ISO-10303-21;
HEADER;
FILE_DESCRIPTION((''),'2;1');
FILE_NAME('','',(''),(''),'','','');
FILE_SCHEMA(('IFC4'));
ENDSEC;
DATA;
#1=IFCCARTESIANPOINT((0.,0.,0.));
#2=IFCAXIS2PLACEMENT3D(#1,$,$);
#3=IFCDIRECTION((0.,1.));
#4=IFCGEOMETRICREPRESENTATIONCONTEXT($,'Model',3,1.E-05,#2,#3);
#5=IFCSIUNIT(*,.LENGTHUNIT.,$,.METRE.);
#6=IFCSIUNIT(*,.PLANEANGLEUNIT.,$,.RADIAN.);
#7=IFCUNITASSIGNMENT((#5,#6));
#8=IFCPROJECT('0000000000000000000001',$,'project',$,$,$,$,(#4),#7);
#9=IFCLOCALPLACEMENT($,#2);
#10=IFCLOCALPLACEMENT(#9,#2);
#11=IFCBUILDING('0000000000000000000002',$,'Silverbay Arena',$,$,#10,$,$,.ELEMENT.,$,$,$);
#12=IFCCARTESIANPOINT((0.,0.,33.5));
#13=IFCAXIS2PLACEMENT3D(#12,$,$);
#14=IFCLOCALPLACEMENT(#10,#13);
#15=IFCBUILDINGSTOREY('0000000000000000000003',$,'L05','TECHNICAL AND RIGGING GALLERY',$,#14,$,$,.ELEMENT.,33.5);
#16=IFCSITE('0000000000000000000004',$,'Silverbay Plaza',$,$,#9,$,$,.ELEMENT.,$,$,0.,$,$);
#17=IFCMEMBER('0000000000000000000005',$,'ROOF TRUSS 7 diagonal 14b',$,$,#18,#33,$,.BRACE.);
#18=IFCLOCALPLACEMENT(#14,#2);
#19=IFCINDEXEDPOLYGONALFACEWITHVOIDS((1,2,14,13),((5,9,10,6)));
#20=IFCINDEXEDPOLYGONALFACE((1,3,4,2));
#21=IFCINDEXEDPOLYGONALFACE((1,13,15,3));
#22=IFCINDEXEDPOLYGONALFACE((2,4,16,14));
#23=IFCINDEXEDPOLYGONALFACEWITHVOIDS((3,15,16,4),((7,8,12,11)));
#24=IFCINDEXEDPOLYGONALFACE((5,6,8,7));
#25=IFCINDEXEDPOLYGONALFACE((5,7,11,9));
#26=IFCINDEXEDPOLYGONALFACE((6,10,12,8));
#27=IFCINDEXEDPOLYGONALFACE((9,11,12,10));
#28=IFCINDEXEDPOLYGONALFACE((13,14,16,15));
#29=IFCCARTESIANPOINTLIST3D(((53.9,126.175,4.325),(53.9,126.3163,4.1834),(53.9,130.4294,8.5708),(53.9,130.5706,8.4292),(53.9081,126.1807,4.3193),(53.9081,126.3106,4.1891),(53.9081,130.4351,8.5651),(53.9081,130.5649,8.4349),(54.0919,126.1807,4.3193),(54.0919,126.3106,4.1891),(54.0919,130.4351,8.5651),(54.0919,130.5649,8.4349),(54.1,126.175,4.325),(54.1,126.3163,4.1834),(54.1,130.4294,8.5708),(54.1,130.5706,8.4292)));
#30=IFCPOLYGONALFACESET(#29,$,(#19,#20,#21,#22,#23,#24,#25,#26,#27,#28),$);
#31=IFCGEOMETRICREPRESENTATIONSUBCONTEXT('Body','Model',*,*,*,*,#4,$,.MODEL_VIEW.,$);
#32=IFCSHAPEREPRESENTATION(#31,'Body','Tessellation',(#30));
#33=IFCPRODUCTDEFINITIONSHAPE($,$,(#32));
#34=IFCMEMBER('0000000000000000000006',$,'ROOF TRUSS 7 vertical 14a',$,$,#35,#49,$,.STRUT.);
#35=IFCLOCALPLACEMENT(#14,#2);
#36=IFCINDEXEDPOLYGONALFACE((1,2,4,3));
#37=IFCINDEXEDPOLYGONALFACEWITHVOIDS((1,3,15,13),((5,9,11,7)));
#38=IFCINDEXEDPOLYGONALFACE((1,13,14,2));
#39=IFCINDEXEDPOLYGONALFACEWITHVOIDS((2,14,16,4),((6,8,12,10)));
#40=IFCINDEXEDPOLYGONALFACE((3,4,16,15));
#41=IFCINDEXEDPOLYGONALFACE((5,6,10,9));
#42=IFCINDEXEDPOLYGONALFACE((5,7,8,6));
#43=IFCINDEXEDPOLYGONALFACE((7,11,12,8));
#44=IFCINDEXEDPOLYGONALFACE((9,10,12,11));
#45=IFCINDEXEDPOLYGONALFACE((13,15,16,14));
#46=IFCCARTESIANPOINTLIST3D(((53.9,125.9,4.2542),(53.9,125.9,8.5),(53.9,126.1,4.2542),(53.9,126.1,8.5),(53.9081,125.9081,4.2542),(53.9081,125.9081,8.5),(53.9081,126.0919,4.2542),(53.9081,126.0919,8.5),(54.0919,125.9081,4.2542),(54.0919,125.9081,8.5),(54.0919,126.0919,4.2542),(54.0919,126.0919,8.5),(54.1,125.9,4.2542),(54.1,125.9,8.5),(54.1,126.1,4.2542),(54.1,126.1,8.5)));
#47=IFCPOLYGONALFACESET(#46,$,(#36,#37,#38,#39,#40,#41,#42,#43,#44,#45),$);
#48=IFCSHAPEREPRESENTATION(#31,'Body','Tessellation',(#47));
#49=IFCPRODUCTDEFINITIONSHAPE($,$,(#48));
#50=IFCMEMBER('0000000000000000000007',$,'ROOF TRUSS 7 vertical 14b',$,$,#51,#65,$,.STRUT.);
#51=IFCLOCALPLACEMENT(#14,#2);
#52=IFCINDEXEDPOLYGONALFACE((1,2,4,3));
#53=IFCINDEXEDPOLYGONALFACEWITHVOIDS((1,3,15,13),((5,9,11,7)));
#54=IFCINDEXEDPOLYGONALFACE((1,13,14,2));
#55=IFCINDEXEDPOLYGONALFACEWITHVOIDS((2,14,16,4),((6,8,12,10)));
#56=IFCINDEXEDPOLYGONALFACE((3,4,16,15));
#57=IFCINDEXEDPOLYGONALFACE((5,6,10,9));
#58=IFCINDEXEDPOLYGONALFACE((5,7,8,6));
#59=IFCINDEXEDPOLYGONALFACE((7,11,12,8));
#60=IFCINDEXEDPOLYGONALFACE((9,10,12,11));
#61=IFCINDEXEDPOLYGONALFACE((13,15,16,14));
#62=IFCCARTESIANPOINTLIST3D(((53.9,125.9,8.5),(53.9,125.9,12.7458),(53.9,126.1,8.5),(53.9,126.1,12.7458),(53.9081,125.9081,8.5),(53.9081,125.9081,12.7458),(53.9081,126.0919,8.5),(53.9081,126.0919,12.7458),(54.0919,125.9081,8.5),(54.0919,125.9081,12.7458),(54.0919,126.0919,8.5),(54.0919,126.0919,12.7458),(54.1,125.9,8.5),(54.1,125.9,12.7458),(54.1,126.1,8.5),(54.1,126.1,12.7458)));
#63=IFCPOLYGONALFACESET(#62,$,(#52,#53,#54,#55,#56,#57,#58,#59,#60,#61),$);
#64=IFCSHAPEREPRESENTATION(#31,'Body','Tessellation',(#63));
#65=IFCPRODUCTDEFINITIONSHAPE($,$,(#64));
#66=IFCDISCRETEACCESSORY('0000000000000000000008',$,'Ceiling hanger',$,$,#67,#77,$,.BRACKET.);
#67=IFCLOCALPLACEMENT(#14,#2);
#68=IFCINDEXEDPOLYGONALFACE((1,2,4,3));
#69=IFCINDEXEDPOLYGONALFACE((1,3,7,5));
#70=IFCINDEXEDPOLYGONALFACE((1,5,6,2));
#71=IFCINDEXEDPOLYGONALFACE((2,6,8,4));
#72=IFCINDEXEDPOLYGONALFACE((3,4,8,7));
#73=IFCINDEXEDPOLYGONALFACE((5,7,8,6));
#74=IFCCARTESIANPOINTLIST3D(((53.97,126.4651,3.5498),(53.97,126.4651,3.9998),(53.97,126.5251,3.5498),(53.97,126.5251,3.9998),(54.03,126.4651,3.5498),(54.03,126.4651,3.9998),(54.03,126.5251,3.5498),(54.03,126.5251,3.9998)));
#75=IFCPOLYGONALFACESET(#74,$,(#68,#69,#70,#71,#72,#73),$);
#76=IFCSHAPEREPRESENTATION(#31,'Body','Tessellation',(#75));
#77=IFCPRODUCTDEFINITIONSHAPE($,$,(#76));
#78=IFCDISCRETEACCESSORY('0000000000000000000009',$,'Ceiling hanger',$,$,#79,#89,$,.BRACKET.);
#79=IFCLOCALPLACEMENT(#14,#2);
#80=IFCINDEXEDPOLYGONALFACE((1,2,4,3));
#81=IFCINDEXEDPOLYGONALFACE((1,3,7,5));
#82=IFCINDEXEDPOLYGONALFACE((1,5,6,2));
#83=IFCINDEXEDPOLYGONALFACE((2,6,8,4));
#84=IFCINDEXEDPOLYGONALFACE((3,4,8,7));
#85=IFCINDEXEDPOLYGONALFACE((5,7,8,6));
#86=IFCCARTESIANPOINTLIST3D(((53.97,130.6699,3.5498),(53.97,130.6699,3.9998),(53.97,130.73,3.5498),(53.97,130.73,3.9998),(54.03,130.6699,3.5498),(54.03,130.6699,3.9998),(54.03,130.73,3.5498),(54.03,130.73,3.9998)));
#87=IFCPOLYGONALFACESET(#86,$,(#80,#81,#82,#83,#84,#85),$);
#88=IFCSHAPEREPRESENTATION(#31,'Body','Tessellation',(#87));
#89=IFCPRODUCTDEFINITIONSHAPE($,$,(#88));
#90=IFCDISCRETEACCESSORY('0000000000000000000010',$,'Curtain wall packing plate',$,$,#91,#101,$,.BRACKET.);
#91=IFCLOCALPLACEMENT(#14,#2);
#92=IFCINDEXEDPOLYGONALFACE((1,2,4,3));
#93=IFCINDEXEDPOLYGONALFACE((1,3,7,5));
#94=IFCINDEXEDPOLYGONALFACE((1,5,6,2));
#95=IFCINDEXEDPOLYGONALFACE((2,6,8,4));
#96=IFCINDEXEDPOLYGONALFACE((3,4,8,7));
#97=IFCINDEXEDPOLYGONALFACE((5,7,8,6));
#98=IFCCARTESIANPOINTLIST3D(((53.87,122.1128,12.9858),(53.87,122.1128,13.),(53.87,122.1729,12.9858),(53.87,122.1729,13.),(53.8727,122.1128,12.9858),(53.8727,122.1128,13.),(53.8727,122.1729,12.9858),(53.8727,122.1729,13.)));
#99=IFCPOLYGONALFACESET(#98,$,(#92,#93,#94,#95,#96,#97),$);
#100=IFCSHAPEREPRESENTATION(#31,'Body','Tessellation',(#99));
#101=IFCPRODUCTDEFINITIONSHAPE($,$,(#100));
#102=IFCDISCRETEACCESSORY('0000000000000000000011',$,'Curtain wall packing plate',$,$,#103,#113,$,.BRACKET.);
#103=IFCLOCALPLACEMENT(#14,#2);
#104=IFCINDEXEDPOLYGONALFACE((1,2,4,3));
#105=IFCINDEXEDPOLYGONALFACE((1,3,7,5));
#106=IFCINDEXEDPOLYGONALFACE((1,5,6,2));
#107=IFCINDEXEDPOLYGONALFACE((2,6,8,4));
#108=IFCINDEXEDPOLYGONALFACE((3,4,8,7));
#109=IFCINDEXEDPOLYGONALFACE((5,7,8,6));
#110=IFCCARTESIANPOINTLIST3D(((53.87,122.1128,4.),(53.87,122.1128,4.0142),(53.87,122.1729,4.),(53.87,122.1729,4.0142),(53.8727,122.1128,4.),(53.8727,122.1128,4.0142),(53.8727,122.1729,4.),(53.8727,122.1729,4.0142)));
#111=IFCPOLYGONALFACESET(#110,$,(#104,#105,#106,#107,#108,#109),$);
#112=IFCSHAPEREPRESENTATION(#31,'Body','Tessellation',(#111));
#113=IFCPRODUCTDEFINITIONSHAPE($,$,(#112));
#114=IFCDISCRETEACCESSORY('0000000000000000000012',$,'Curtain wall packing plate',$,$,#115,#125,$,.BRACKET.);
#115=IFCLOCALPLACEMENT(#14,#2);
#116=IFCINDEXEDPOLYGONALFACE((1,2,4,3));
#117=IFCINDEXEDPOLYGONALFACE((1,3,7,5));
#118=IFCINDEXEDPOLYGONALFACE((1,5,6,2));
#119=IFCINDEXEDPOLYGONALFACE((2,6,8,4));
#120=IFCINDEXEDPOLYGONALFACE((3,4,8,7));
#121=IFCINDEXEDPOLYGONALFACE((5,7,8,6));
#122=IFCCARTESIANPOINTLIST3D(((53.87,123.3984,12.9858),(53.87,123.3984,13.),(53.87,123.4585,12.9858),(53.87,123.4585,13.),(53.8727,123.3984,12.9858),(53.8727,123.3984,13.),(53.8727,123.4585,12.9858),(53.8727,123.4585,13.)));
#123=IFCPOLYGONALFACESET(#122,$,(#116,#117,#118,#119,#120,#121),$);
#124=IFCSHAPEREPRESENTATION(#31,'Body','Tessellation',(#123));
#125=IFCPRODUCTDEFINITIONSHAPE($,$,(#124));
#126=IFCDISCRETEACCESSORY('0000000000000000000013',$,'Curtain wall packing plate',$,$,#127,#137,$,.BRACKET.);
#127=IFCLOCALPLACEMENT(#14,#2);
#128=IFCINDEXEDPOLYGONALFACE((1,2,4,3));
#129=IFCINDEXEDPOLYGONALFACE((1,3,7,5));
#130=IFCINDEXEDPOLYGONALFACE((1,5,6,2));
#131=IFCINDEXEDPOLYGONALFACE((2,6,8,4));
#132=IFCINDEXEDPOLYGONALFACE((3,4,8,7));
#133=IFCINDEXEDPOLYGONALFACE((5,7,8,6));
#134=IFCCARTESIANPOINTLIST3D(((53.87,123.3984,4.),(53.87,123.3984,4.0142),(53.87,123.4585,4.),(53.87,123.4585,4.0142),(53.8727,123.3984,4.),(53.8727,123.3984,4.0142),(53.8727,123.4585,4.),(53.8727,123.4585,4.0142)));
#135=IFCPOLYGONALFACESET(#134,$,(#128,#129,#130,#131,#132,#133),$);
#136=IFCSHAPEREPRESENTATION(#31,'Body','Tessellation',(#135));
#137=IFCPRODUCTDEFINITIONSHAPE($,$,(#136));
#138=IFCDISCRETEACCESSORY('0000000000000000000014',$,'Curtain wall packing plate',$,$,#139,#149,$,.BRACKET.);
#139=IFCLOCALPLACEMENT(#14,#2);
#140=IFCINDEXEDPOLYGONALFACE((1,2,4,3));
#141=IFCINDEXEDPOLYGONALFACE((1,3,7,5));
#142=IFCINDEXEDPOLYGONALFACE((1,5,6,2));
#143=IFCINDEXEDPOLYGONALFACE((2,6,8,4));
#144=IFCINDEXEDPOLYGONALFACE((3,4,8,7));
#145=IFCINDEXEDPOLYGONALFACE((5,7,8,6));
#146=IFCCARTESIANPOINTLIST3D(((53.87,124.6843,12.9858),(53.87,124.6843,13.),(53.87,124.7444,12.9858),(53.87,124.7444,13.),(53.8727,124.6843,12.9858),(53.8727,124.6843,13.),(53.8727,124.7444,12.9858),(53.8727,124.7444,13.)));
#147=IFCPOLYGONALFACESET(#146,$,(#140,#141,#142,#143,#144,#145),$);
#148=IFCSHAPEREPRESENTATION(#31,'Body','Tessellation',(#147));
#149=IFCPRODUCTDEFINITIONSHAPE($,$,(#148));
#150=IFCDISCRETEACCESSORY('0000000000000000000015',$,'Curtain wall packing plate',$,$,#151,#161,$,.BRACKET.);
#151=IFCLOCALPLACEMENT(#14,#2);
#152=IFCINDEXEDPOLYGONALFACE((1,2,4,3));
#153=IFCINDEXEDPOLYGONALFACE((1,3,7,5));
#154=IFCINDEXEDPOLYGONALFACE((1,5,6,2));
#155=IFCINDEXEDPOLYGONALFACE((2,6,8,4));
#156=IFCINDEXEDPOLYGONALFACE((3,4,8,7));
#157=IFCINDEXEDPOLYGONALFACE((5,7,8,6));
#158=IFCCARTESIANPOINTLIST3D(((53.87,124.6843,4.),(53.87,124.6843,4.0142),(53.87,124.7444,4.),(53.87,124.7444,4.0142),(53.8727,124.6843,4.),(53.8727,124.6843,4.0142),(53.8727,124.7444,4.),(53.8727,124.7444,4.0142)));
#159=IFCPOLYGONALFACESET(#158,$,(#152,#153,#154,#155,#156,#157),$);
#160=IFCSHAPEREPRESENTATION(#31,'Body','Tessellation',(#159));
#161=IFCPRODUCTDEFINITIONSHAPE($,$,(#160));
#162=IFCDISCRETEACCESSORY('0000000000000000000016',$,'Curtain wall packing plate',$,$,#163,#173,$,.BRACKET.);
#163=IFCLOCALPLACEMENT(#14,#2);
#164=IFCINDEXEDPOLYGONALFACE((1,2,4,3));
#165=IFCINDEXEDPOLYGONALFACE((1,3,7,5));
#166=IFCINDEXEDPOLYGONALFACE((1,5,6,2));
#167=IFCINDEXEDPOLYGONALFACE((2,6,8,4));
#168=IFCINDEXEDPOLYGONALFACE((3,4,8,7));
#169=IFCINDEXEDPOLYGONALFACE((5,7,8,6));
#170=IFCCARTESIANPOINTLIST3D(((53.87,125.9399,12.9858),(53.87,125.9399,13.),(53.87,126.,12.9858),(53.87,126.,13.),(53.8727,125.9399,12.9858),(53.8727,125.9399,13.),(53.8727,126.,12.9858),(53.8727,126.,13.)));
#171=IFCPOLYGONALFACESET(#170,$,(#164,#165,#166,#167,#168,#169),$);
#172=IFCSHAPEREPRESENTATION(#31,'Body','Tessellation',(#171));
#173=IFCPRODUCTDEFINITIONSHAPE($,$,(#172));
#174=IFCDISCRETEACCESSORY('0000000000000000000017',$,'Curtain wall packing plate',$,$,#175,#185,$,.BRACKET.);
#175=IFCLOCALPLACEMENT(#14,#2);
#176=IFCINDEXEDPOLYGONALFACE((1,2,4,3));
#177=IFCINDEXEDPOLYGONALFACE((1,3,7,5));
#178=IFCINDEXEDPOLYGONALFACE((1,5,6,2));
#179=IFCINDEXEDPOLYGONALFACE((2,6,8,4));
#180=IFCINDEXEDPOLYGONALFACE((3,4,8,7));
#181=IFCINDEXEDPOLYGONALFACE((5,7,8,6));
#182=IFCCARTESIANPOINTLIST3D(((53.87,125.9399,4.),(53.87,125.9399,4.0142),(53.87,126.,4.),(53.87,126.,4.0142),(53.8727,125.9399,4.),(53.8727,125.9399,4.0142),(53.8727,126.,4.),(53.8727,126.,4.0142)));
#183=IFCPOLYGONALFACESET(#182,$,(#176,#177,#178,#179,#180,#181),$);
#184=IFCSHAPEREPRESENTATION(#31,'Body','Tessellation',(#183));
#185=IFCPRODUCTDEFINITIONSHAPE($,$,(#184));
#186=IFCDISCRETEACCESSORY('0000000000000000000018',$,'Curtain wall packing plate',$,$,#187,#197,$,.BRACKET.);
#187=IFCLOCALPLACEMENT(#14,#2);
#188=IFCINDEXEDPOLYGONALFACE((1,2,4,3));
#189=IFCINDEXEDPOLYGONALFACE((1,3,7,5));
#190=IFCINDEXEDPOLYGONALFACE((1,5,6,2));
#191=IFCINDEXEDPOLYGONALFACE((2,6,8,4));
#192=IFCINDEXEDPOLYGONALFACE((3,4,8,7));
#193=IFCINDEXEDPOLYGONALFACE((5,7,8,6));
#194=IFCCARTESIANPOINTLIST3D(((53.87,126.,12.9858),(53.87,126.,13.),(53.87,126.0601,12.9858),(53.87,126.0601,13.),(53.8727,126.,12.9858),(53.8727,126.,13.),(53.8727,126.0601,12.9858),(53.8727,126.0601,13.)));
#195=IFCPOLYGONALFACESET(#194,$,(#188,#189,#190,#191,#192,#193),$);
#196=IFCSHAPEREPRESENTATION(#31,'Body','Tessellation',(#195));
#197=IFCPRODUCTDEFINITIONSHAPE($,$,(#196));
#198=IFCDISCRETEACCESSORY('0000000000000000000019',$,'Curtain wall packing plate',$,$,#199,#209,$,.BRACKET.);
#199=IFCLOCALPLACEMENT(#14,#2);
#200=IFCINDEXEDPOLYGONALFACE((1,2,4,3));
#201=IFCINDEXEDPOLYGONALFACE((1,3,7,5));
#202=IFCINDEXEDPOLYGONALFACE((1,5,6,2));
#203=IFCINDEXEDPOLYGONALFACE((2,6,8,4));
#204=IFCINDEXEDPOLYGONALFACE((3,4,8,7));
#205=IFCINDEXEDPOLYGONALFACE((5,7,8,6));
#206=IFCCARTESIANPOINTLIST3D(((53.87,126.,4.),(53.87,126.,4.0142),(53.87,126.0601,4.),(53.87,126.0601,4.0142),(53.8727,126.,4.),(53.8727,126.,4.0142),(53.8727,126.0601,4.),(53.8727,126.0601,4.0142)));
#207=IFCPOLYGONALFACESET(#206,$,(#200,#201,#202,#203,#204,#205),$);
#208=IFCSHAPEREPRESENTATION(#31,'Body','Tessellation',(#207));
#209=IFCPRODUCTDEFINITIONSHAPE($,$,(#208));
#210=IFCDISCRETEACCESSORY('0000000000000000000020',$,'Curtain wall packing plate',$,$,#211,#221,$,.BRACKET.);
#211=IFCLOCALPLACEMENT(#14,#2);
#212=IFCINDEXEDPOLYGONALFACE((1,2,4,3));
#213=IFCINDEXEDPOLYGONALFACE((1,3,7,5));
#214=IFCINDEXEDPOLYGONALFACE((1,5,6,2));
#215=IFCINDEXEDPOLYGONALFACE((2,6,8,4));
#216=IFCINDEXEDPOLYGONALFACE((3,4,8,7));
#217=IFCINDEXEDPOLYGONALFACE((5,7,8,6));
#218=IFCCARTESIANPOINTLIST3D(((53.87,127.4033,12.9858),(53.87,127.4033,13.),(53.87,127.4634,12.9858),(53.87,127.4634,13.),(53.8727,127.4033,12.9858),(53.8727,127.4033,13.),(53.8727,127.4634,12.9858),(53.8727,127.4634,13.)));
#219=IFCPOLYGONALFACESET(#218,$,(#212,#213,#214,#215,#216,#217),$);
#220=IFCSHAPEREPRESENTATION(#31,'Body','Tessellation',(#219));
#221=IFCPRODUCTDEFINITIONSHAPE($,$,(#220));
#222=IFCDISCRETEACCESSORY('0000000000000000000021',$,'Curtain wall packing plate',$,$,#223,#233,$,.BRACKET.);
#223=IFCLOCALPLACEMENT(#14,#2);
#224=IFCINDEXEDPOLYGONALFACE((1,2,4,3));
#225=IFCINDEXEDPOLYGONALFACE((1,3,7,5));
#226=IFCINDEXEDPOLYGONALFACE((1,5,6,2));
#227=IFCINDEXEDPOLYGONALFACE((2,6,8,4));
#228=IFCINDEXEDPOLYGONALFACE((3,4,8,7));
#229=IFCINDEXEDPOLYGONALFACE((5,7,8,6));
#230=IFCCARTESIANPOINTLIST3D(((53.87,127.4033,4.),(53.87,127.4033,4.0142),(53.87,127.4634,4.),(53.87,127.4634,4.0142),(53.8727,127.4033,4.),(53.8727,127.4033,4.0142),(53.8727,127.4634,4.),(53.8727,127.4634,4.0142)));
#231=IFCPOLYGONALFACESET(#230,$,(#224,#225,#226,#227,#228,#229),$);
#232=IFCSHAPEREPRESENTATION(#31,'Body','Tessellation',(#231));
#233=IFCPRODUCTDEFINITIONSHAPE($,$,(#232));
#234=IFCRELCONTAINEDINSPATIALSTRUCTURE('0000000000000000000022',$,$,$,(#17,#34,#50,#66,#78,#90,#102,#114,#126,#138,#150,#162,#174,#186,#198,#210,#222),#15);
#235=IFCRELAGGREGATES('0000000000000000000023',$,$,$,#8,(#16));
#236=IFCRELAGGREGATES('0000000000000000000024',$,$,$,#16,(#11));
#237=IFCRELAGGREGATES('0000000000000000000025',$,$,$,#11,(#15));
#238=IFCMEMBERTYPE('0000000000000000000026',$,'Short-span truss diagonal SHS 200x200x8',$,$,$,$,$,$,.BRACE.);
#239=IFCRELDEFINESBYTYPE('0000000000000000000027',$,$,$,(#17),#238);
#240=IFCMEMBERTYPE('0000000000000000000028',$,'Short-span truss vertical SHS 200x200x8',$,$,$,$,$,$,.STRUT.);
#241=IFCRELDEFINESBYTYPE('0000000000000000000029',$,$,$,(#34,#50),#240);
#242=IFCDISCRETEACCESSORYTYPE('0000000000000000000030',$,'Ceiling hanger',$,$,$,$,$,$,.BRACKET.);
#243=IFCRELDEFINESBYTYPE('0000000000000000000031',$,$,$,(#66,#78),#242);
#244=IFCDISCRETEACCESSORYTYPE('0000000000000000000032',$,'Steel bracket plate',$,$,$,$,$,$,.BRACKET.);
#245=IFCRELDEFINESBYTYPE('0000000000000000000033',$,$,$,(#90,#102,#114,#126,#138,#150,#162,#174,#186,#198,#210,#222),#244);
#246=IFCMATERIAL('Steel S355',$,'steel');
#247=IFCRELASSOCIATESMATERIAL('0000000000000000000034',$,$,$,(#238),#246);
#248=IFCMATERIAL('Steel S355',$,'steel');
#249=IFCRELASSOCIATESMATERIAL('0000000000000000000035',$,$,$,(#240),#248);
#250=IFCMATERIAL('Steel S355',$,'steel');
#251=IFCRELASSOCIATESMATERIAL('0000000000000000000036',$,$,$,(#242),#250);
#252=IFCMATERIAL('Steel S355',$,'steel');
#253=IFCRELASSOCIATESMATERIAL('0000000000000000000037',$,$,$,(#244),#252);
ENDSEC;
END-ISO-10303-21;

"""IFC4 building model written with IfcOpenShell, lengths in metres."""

from ifc_helpers import new_model, si_unit, direction, frame, origin, origin_2d, place, context, subcontext, project, spatial, rectangle, hollow_rectangle, extrude, material, material_profile, profile_set, type_object, element, save


model = new_model("IFC4")

# Units and contexts
model_context = context("Model", 3, precision=1e-05, world=origin(), true_north=direction((0.0, 1.0)))
body_context = subcontext(model_context, "Body", "Model", "MODEL_VIEW")
ifc_project = project(units=[si_unit("LENGTHUNIT", "METRE"), si_unit("PLANEANGLEUNIT", "RADIAN")], contexts=[model_context])

# Site, building, storey
site_placement = place(None, origin())
site = spatial("IfcSite", under=ifc_project, at=site_placement, Name="Silverbay Plaza", CompositionType="ELEMENT", RefElevation=0.0)
building_placement = place(site_placement, origin())
building = spatial("IfcBuilding", under=site, at=building_placement, Name="Silverbay Arena", CompositionType="ELEMENT")
storey_placement = place(building_placement, frame((0.0, 0.0, 33.5)))
storey = spatial("IfcBuildingStorey", under=building, at=storey_placement, Name="L05", Description="TECHNICAL AND RIGGING GALLERY", CompositionType="ELEMENT", Elevation=33.5)

# Members
ifc_material_1 = material(Name="Steel S355", Category="steel")
ifc_material_profile_1 = material_profile(ifc_material_1, hollow_rectangle(XDim=0.2, YDim=0.2, WallThickness=0.0081, at=origin_2d()), Name="SHS 200x200x8")
ifc_profile_set_1 = profile_set([ifc_material_profile_1], Name="Steel S355")
member_type_1 = type_object("IfcMemberType", Name="Short-span truss diagonal SHS 200x200x8", PredefinedType="BRACE", material=ifc_profile_set_1)
for number, where, z_axis, x_axis, name in (
    (1, (54.0, 130.5, 8.5), (0.0, -0.707817, -0.706396), (1.0, 0.0, 0.0), "ROOF TRUSS 7 diagonal 14b"),
):
    element("IfcMember", number, at=place(storey_placement, frame(where, z_axis=z_axis, x_axis=x_axis)), inside=storey, type_object=member_type_1, Name=name, PredefinedType="BRACE", context=body_context, shape_type="SweptSolid", body=[
        extrude(hollow_rectangle(XDim=0.2, YDim=0.2, WallThickness=0.0081, at=origin_2d()), origin(), (0.0, 0.0, 1.0), 6.0105),
    ])
ifc_material_2 = material(Name="Steel S355", Category="steel")
ifc_material_profile_2 = material_profile(ifc_material_2, hollow_rectangle(XDim=0.2, YDim=0.2, WallThickness=0.0081, at=origin_2d()), Name="SHS 200x200x8")
ifc_profile_set_2 = profile_set([ifc_material_profile_2], Name="Steel S355")
member_type_2 = type_object("IfcMemberType", Name="Short-span truss vertical SHS 200x200x8", PredefinedType="STRUT", material=ifc_profile_set_2)
for number, where, z_axis, x_axis, name in (
    (2, (54.0, 126.0, 4.2542), (0.0, 0.0, 1.0), (1.0, 0.0, 0.0), "ROOF TRUSS 7 vertical 14a"),
    (3, (54.0, 126.0, 8.5), (0.0, 0.0, 1.0), (1.0, 0.0, 0.0), "ROOF TRUSS 7 vertical 14b"),
):
    element("IfcMember", number, at=place(storey_placement, frame(where, z_axis=z_axis, x_axis=x_axis)), inside=storey, type_object=member_type_2, Name=name, PredefinedType="STRUT", context=body_context, shape_type="SweptSolid", body=[
        extrude(hollow_rectangle(XDim=0.2, YDim=0.2, WallThickness=0.0081, at=origin_2d()), origin(), (0.0, 0.0, 1.0), 4.2458),
    ])

# Discrete accessories
ifc_material_3 = material(Name="Steel S355", Category="steel")
discrete_accessory_type_1 = type_object("IfcDiscreteAccessoryType", Name="Ceiling hanger", PredefinedType="BRACKET", material=ifc_material_3)
for number, where, z_axis, x_axis, name in (
    (4, (54.0, 126.4951, 3.5498), (0.0, 0.0, 1.0), (1.0, 0.0, 0.0), "Ceiling hanger"),
    (5, (54.0, 130.7, 3.5498), (0.0, 0.0, 1.0), (1.0, 0.0, 0.0), "Ceiling hanger"),
):
    element("IfcDiscreteAccessory", number, at=place(storey_placement, frame(where, z_axis=z_axis, x_axis=x_axis)), inside=storey, type_object=discrete_accessory_type_1, Name=name, PredefinedType="BRACKET", context=body_context, shape_type="SweptSolid", body=[
        extrude(rectangle(XDim=0.0601, YDim=0.0601, at=origin_2d()), origin(), (0.0, 0.0, 1.0), 0.45),
    ])
ifc_material_4 = material(Name="Steel S355", Category="steel")
discrete_accessory_type_2 = type_object("IfcDiscreteAccessoryType", Name="Steel bracket plate", PredefinedType="BRACKET", material=ifc_material_4)
for number, where, z_axis, x_axis, name in (
    (6, (53.8713, 122.1428, 12.9858), (0.0, 0.0, 1.0), (1.0, 0.0, 0.0), "Curtain wall packing plate"),
    (7, (53.8713, 122.1428, 4.0), (0.0, 0.0, 1.0), (1.0, 0.0, 0.0), "Curtain wall packing plate"),
    (8, (53.8713, 123.4285, 12.9858), (0.0, 0.0, 1.0), (1.0, 0.0, 0.0), "Curtain wall packing plate"),
    (9, (53.8713, 123.4285, 4.0), (0.0, 0.0, 1.0), (1.0, 0.0, 0.0), "Curtain wall packing plate"),
    (10, (53.8713, 124.7144, 12.9858), (0.0, 0.0, 1.0), (1.0, 0.0, 0.0), "Curtain wall packing plate"),
    (11, (53.8713, 124.7144, 4.0), (0.0, 0.0, 1.0), (1.0, 0.0, 0.0), "Curtain wall packing plate"),
    (12, (53.8713, 125.97, 12.9858), (0.0, 0.0, 1.0), (1.0, 0.0, 0.0), "Curtain wall packing plate"),
    (13, (53.8713, 125.97, 4.0), (0.0, 0.0, 1.0), (1.0, 0.0, 0.0), "Curtain wall packing plate"),
    (14, (53.8713, 126.03, 12.9858), (0.0, 0.0, 1.0), (1.0, 0.0, 0.0), "Curtain wall packing plate"),
    (15, (53.8713, 126.03, 4.0), (0.0, 0.0, 1.0), (1.0, 0.0, 0.0), "Curtain wall packing plate"),
    (16, (53.8713, 127.4333, 12.9858), (0.0, 0.0, 1.0), (1.0, 0.0, 0.0), "Curtain wall packing plate"),
    (17, (53.8713, 127.4333, 4.0), (0.0, 0.0, 1.0), (1.0, 0.0, 0.0), "Curtain wall packing plate"),
):
    element("IfcDiscreteAccessory", number, at=place(storey_placement, frame(where, z_axis=z_axis, x_axis=x_axis)), inside=storey, type_object=discrete_accessory_type_2, Name=name, PredefinedType="BRACKET", context=body_context, shape_type="SweptSolid", body=[
        extrude(rectangle(XDim=0.0027, YDim=0.0601, at=origin_2d()), origin(), (0.0, 0.0, 1.0), 0.0142),
    ])

save(model, "model.ifc")
